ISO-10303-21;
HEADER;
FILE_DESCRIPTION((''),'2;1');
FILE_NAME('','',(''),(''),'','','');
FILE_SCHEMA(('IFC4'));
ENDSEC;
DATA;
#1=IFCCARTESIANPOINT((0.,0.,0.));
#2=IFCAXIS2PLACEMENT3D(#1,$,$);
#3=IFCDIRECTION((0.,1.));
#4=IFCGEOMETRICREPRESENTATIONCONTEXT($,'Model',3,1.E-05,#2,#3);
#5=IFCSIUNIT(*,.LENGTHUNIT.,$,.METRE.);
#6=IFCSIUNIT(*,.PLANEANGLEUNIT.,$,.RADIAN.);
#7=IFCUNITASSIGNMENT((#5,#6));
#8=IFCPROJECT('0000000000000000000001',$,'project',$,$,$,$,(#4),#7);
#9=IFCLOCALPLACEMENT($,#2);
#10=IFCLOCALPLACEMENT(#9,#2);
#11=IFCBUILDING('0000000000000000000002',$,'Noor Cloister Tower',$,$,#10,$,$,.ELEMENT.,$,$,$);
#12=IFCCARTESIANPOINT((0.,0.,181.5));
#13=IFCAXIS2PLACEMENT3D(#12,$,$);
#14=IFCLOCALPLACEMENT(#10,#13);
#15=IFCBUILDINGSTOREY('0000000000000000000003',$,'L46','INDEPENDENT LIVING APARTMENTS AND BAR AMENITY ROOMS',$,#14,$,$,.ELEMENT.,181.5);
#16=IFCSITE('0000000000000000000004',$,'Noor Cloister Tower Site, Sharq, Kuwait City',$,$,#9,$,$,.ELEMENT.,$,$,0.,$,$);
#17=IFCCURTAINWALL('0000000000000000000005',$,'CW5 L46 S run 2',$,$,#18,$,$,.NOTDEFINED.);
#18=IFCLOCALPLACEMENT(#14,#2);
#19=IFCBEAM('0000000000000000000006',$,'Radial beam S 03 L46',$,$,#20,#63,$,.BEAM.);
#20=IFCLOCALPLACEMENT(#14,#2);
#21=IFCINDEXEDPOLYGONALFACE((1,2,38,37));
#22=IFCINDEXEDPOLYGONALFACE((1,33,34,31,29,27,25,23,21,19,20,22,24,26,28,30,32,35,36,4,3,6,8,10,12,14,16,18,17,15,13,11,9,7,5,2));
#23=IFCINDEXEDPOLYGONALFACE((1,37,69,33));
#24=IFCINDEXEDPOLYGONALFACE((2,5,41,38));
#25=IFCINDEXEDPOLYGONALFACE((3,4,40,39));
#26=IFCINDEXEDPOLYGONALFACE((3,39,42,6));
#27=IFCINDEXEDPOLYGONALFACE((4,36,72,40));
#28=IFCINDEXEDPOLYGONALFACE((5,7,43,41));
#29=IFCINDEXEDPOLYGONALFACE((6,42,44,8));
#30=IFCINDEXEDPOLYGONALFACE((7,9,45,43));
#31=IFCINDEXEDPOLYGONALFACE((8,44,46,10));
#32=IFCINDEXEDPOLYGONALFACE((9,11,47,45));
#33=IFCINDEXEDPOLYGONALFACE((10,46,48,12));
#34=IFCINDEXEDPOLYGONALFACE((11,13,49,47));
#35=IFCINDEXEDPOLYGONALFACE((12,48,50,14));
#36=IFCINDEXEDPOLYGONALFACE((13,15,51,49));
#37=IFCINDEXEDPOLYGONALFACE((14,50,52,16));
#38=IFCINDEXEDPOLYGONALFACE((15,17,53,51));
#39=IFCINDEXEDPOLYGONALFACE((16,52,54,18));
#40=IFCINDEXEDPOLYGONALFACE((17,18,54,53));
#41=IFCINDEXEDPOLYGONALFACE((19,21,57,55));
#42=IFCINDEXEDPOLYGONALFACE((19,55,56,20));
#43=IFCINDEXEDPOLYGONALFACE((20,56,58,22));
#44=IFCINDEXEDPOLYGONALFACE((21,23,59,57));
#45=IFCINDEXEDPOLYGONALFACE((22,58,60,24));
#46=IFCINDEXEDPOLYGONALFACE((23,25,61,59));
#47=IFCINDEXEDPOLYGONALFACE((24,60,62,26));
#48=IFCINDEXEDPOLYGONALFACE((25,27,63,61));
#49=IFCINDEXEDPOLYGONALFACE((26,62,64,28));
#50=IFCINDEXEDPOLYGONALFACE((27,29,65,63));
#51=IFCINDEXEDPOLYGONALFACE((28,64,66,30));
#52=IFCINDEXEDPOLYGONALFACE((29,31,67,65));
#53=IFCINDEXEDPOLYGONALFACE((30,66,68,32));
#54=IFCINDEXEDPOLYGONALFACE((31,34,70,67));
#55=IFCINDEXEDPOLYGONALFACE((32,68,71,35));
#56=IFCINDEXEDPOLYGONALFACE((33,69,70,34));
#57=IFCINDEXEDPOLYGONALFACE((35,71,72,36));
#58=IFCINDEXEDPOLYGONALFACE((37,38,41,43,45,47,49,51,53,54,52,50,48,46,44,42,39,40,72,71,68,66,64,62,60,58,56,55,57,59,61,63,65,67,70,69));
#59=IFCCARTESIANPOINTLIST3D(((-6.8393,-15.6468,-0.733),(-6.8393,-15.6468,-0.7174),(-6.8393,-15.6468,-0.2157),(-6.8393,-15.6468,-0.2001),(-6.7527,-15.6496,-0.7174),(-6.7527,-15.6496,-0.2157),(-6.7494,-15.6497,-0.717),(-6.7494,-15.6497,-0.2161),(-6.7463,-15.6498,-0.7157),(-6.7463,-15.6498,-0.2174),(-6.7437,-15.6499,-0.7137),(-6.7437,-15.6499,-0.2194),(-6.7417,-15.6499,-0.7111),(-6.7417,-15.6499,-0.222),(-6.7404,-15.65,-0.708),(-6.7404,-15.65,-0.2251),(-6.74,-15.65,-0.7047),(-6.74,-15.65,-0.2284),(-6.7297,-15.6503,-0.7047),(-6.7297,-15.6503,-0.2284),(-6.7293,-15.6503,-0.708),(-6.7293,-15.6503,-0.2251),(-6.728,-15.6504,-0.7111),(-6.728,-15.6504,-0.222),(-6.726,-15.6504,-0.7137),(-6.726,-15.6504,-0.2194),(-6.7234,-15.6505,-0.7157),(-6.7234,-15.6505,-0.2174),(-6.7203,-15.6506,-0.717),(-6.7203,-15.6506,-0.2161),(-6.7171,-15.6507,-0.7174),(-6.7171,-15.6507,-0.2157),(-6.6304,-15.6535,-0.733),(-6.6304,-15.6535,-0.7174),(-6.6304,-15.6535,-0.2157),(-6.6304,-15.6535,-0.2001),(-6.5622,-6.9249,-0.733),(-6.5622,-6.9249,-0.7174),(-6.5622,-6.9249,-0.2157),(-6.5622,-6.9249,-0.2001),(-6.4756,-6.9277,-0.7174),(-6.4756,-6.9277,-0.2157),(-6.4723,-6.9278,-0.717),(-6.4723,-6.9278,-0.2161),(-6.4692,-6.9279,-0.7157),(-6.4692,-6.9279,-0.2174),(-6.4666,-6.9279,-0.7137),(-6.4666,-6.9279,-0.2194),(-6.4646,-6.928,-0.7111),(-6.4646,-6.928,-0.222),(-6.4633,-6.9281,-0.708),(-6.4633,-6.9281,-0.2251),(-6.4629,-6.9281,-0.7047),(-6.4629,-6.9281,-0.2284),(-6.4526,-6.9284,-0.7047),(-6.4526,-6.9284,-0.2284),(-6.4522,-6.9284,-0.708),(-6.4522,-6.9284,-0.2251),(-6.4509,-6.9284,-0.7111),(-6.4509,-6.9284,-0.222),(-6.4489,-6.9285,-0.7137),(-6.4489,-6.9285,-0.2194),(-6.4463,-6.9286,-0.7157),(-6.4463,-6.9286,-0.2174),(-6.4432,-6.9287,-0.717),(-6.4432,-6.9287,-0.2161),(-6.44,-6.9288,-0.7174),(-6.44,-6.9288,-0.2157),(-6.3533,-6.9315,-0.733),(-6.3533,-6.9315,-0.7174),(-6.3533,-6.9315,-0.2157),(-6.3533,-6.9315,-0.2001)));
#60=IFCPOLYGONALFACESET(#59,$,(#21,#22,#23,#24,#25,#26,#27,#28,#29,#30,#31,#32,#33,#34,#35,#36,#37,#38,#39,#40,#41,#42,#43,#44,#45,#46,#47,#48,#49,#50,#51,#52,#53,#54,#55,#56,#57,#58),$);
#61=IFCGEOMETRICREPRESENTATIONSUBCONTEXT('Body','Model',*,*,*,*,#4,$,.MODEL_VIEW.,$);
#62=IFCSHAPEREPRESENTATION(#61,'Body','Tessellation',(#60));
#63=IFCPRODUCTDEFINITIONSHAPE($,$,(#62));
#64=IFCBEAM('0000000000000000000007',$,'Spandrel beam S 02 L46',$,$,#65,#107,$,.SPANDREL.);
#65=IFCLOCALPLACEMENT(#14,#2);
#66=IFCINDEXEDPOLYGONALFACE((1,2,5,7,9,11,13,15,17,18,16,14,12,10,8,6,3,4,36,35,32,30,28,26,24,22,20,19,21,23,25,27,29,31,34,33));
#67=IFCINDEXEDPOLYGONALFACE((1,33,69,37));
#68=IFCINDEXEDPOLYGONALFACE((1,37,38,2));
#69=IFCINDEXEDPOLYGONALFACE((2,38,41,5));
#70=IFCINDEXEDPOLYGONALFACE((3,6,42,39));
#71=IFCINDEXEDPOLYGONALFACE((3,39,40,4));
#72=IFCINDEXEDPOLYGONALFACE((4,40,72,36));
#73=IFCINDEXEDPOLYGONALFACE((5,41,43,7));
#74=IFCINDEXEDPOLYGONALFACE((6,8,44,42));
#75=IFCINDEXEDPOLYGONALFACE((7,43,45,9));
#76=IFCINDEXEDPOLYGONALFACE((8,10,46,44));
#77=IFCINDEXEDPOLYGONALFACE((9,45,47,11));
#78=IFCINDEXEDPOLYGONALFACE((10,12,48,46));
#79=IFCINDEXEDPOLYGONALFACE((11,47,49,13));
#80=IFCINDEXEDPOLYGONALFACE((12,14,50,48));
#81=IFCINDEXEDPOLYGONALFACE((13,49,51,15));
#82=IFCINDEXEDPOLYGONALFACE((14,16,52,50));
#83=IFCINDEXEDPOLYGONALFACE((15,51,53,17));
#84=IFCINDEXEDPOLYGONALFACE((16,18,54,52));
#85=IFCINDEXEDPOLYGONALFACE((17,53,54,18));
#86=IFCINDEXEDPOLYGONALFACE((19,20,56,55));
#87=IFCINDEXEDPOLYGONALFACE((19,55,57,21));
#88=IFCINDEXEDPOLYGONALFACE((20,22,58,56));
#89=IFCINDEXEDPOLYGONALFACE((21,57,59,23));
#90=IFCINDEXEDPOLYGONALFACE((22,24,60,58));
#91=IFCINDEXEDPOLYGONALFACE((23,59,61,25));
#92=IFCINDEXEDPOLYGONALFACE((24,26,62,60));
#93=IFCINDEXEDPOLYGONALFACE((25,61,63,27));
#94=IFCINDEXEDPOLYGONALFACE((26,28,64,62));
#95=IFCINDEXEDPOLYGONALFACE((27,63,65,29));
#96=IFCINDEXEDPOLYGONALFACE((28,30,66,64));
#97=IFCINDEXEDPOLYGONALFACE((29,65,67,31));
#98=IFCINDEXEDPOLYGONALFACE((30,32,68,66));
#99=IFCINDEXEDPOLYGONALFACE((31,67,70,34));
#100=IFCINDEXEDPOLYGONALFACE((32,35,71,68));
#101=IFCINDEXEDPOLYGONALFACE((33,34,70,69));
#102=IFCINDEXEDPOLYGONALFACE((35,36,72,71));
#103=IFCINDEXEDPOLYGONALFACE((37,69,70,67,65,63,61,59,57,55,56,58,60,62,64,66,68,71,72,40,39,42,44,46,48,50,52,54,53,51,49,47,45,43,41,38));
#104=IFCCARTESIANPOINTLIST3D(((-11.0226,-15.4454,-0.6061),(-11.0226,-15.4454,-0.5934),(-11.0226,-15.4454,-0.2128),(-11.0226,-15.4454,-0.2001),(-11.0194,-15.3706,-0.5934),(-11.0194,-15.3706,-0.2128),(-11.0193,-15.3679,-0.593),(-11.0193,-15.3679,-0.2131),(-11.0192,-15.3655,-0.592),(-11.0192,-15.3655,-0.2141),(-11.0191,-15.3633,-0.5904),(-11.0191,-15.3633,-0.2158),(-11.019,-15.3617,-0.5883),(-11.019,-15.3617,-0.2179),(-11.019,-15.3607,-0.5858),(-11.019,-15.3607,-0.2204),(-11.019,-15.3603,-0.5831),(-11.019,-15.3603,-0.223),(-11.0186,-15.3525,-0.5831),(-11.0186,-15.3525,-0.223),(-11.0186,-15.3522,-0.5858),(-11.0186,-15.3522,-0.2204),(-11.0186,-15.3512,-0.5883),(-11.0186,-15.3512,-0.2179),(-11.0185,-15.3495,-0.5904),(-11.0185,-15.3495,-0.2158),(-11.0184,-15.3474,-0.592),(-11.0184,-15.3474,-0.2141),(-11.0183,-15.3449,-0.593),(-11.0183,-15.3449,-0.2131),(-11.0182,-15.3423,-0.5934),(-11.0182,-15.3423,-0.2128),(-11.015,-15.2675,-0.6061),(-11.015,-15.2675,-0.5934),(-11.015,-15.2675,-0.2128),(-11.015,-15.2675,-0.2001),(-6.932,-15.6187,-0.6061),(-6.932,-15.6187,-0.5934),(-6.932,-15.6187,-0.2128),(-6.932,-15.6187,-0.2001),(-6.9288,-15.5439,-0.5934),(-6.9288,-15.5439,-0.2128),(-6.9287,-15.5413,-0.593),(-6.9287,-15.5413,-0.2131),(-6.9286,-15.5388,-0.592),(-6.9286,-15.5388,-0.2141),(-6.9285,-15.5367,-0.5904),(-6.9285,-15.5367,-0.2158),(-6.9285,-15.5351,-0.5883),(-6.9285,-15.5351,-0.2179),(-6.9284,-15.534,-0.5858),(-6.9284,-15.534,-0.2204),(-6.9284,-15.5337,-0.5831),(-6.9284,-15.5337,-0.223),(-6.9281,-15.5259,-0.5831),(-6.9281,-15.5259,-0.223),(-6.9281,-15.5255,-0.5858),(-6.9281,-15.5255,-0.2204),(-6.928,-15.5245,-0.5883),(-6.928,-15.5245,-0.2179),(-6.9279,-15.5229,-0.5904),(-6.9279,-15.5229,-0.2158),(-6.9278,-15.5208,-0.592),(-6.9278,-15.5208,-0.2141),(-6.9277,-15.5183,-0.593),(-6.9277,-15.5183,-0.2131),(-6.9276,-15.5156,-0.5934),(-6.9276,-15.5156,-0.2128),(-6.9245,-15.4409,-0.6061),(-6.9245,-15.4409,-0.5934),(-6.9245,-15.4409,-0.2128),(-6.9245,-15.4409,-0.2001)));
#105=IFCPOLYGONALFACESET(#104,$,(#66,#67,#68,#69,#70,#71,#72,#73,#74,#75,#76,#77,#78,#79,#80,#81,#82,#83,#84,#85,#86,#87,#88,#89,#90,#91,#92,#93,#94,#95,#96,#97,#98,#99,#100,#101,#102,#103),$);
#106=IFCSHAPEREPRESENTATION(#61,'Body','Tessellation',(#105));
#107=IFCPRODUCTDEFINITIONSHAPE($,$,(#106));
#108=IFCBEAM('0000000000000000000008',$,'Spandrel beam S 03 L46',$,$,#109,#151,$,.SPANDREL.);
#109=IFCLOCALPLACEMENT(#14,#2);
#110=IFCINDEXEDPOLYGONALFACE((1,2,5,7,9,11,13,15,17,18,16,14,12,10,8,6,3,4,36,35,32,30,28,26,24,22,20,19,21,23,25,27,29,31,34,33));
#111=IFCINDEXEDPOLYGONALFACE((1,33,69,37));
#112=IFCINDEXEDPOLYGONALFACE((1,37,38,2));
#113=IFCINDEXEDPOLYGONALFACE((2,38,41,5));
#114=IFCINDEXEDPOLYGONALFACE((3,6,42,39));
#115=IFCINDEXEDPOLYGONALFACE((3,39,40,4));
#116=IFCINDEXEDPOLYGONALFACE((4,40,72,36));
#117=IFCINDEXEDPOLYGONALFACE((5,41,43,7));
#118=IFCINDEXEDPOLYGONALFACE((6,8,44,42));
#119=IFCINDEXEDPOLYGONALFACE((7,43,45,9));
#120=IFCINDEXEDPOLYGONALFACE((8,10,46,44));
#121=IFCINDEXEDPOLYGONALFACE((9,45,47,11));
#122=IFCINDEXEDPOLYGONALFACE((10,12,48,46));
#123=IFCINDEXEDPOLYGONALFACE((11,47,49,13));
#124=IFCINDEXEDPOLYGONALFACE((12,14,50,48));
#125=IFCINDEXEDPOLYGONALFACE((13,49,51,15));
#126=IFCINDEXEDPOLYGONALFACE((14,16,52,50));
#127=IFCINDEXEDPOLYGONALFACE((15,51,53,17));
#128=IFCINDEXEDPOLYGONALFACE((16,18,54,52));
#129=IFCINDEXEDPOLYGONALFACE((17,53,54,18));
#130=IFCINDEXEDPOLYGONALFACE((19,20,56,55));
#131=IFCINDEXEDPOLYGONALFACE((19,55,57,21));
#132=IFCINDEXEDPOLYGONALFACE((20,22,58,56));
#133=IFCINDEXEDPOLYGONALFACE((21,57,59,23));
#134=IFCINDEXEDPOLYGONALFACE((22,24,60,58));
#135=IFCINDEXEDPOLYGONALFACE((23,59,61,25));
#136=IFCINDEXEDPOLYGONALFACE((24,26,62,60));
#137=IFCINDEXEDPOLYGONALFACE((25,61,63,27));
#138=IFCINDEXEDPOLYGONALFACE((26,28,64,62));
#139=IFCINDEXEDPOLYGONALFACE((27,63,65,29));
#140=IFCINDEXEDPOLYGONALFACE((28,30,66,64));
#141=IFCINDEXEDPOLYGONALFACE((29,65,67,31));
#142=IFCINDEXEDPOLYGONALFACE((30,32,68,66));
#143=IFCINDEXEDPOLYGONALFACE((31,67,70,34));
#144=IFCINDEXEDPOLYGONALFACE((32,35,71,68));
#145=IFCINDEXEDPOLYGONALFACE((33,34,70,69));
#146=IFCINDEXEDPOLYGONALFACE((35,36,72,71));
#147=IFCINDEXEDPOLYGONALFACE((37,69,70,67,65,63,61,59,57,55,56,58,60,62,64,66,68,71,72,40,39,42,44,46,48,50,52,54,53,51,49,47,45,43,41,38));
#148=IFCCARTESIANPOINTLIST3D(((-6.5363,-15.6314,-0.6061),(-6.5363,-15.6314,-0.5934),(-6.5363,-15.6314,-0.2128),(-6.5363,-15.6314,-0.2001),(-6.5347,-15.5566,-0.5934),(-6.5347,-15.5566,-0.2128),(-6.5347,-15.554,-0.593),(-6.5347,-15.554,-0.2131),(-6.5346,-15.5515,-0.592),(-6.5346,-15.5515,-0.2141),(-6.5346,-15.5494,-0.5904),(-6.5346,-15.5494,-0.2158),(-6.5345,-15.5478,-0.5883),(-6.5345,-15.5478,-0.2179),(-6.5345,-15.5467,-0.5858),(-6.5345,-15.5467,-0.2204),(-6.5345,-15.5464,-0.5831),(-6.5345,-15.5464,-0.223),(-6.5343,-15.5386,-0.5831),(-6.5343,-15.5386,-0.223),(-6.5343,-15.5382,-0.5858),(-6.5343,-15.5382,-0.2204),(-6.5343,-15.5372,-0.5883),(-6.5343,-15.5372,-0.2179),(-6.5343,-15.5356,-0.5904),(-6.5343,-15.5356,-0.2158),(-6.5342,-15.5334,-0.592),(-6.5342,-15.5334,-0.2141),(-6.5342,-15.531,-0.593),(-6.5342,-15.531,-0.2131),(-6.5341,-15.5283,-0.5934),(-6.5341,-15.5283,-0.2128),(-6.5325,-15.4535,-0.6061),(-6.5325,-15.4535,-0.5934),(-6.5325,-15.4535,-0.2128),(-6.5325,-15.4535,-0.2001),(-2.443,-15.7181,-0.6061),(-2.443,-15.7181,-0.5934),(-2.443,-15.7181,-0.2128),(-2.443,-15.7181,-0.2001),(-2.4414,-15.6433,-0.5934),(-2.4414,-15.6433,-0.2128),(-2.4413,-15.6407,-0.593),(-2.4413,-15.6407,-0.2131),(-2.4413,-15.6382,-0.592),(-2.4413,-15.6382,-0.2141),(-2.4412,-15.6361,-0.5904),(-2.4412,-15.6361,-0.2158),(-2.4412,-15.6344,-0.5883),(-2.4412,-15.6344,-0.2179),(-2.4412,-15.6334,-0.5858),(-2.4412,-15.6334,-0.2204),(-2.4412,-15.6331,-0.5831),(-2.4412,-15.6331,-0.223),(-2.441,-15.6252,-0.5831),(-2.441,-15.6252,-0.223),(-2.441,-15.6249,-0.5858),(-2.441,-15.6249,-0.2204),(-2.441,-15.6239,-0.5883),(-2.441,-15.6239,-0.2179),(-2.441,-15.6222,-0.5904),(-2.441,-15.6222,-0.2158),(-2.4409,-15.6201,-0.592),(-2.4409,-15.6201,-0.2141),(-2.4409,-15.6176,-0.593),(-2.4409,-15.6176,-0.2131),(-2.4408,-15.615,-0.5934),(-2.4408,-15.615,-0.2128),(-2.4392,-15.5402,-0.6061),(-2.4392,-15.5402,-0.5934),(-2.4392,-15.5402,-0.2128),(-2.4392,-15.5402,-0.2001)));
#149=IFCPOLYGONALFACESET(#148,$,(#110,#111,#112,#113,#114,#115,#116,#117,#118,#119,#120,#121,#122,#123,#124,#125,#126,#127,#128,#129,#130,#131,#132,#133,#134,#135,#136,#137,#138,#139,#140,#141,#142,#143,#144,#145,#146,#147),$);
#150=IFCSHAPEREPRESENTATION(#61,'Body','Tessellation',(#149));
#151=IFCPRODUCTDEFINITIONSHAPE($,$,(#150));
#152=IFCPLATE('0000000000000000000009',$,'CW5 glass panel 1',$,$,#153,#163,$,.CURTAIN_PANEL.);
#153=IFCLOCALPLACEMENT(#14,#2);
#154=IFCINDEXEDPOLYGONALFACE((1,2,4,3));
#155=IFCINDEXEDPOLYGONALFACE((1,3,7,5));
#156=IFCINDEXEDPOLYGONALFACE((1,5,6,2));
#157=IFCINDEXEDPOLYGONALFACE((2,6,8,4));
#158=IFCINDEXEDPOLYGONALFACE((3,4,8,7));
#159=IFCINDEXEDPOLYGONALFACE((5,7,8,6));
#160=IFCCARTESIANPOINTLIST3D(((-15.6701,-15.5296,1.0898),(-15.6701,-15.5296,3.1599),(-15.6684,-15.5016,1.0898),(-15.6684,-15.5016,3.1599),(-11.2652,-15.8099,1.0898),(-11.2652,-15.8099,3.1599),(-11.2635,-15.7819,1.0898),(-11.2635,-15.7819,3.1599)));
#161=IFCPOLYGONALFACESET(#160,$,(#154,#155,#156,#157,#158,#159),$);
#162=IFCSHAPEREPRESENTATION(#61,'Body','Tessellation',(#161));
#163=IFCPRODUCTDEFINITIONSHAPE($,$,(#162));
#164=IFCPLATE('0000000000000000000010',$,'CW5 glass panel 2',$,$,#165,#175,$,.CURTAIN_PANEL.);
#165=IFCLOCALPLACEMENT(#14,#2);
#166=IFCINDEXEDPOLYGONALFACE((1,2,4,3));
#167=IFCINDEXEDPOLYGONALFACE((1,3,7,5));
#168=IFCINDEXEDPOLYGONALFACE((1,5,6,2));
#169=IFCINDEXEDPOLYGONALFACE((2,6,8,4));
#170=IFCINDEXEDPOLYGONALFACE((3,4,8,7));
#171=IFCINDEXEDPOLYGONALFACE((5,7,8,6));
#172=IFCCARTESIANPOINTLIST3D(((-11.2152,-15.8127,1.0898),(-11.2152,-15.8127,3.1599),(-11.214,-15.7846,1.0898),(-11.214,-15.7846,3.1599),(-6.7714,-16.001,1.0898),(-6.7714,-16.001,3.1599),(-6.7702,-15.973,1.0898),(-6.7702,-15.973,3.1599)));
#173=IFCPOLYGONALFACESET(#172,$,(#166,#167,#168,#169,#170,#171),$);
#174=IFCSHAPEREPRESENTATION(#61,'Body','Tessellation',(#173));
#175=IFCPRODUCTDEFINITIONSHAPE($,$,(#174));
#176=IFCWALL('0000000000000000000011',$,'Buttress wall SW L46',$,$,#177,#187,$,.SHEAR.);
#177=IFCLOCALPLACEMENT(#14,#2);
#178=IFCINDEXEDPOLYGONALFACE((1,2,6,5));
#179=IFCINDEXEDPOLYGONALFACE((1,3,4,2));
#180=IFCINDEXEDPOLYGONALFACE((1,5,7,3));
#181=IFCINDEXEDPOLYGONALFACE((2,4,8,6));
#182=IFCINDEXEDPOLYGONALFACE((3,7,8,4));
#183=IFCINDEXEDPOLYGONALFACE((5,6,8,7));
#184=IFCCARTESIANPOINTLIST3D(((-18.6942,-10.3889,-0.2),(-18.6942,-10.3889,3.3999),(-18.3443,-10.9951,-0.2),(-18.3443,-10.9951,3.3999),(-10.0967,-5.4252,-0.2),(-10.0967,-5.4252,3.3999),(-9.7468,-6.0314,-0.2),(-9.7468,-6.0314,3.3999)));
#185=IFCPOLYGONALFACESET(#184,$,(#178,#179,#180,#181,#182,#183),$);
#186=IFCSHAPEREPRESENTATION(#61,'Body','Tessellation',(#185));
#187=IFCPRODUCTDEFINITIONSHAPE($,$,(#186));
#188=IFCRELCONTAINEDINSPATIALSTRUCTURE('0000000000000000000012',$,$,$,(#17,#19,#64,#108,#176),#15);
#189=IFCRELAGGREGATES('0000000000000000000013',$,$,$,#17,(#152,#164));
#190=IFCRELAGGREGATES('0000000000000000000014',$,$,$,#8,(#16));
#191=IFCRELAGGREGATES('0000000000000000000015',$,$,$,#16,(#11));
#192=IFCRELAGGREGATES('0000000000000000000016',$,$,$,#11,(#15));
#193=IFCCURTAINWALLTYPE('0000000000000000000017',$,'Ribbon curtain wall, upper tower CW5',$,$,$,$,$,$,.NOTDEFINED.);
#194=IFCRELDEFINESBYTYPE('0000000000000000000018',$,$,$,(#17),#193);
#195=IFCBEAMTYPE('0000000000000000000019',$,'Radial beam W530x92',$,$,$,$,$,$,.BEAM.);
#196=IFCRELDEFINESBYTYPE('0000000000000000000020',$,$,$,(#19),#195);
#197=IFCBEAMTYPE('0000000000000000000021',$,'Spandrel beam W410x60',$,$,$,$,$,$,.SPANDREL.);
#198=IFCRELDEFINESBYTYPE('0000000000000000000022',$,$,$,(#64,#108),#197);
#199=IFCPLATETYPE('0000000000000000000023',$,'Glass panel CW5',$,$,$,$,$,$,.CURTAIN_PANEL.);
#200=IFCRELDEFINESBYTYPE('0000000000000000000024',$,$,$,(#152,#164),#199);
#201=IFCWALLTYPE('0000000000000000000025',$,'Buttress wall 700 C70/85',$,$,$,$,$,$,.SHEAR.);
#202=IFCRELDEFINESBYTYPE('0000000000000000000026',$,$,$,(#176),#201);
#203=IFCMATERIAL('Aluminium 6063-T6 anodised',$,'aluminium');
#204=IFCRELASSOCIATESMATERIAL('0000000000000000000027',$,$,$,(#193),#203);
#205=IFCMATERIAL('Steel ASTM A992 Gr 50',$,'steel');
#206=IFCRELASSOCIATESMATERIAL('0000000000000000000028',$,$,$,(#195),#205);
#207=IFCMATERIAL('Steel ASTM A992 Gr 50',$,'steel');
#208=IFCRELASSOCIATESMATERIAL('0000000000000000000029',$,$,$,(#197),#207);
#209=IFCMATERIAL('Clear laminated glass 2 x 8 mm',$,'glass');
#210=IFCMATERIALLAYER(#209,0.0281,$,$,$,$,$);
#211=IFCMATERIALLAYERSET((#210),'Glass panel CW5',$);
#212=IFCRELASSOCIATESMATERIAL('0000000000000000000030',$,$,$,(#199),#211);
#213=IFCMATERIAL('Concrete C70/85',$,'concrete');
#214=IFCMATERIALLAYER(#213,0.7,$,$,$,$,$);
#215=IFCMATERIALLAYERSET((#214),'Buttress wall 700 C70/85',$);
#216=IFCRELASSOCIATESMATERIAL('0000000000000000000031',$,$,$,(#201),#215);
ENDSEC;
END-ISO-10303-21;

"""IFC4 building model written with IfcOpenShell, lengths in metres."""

from ifc_helpers import new_model, si_unit, direction, frame, frame_2d, origin, origin_2d, place, context, subcontext, project, spatial, rectangle, i_section, extrude, material, layer, layer_set, material_profile, profile_set, type_object, element, aggregate, save


model = new_model("IFC4")

# Units and contexts
model_context = context("Model", 3, precision=1e-05, world=origin(), true_north=direction((0.0, 1.0)))
body_context = subcontext(model_context, "Body", "Model", "MODEL_VIEW")
ifc_project = project(units=[si_unit("LENGTHUNIT", "METRE"), si_unit("PLANEANGLEUNIT", "RADIAN")], contexts=[model_context])

# Site, building, storey
site_placement = place(None, origin())
site = spatial("IfcSite", under=ifc_project, at=site_placement, Name="Noor Cloister Tower Site, Sharq, Kuwait City", CompositionType="ELEMENT", RefElevation=0.0)
building_placement = place(site_placement, origin())
building = spatial("IfcBuilding", under=site, at=building_placement, Name="Noor Cloister Tower", CompositionType="ELEMENT")
storey_placement = place(building_placement, frame((0.0, 0.0, 181.5)))
storey = spatial("IfcBuildingStorey", under=building, at=storey_placement, Name="L46", Description="INDEPENDENT LIVING APARTMENTS AND BAR AMENITY ROOMS", CompositionType="ELEMENT", Elevation=181.5)

# Curtain wall
ifc_material_1 = material(Name="Aluminium 6063-T6 anodised", Category="aluminium")
curtain_wall_type = type_object("IfcCurtainWallType", Name="Ribbon curtain wall, upper tower CW5", PredefinedType="NOTDEFINED", material=ifc_material_1)
curtain_wall_placement = place(storey_placement, origin())
curtain_wall = element("IfcCurtainWall", 1, at=curtain_wall_placement, inside=storey, type_object=curtain_wall_type, Name="CW5 L46 S run 2", PredefinedType="NOTDEFINED")

# Beams
ifc_material_2 = material(Name="Steel ASTM A992 Gr 50", Category="steel")
ifc_material_profile_1 = material_profile(ifc_material_2, i_section(OverallWidth=0.209, OverallDepth=0.533, WebThickness=0.0103, FlangeThickness=0.0156, FilletRadius=0.0127, at=origin_2d()), Name="W530x92")
ifc_profile_set_1 = profile_set([ifc_material_profile_1], Name="Steel ASTM A992 Gr 50")
beam_type_1 = type_object("IfcBeamType", Name="Radial beam W530x92", PredefinedType="BEAM", material=ifc_profile_set_1)
beam_1_placement = place(storey_placement, frame((-6.7349, -15.6501, -0.4666), z_axis=(0.031754, 0.999496, 0.0), x_axis=(-0.999496, 0.031754, 0.0)))
element("IfcBeam", 2, at=beam_1_placement, inside=storey, type_object=beam_type_1, Name="Radial beam S 03 L46", PredefinedType="BEAM", context=body_context, shape_type="SweptSolid", body=[
    extrude(i_section(OverallWidth=0.209, OverallDepth=0.533, WebThickness=0.0103, FlangeThickness=0.0156, FilletRadius=0.0127, at=origin_2d()), origin(), (0.0, 0.0, 1.0), 8.7263),
])
ifc_material_3 = material(Name="Steel ASTM A992 Gr 50", Category="steel")
ifc_material_profile_2 = material_profile(ifc_material_3, i_section(OverallWidth=0.178, OverallDepth=0.406, WebThickness=0.0078, FlangeThickness=0.0127, FilletRadius=0.0103, at=origin_2d()), Name="W410x60")
ifc_profile_set_2 = profile_set([ifc_material_profile_2], Name="Steel ASTM A992 Gr 50")
beam_type_2 = type_object("IfcBeamType", Name="Spandrel beam W410x60", PredefinedType="SPANDREL", material=ifc_profile_set_2)
for number, where, z_axis, x_axis, name in (
    (3, (-11.0188, -15.3564, -0.4031), (0.999103, -0.042337, 0.0), (0.042337, 0.999103, 0.0), "Spandrel beam S 02 L46"),
    (4, (-6.5344, -15.5425, -0.4031), (0.999776, -0.021169, 0.0), (0.021169, 0.999776, 0.0), "Spandrel beam S 03 L46"),
):
    element("IfcBeam", number, at=place(storey_placement, frame(where, z_axis=z_axis, x_axis=x_axis)), inside=storey, type_object=beam_type_2, Name=name, PredefinedType="SPANDREL", context=body_context, shape_type="SweptSolid", body=[
        extrude(i_section(OverallWidth=0.178, OverallDepth=0.406, WebThickness=0.0078, FlangeThickness=0.0127, FilletRadius=0.0103, at=origin_2d()), origin(), (0.0, 0.0, 1.0), 4.0942),
    ])

# Plates
ifc_material_4 = material(Name="Clear laminated glass 2 x 8 mm", Category="glass")
ifc_layer_1 = layer(ifc_material_4, 0.0281)
ifc_layer_set_1 = layer_set([ifc_layer_1], Name="Glass panel CW5")
plate_type = type_object("IfcPlateType", Name="Glass panel CW5", PredefinedType="CURTAIN_PANEL", material=ifc_layer_set_1)
plate_1_placement = place(storey_placement, frame((-13.4668, -15.6558, 1.0898), z_axis=(0.0, 0.0, 1.0), x_axis=(0.997982, -0.063502, 0.0)))
plate_1 = element("IfcPlate", 5, at=plate_1_placement, type_object=plate_type, Name="CW5 glass panel 1", PredefinedType="CURTAIN_PANEL", context=body_context, shape_type="SweptSolid", body=[
    extrude(rectangle(XDim=4.4138, YDim=0.0281, at=origin_2d()), origin(), (0.0, 0.0, 1.0), 2.0701),
])
plate_2_placement = place(storey_placement, frame((-8.9927, -15.8928, 1.0898), z_axis=(0.0, 0.0, 1.0), x_axis=(0.999103, -0.042351, 0.0)))
plate_2 = element("IfcPlate", 6, at=plate_2_placement, type_object=plate_type, Name="CW5 glass panel 2", PredefinedType="CURTAIN_PANEL", context=body_context, shape_type="SweptSolid", body=[
    extrude(rectangle(XDim=4.4478, YDim=0.0281, at=origin_2d()), origin(), (0.0, 0.0, 1.0), 2.0701),
])
aggregate(curtain_wall, [plate_1, plate_2])

# Wall
ifc_material_5 = material(Name="Concrete C70/85", Category="concrete")
ifc_layer_2 = layer(ifc_material_5, 0.7)
ifc_layer_set_2 = layer_set([ifc_layer_2], Name="Buttress wall 700 C70/85")
wall_type_1 = type_object("IfcWallType", Name="Buttress wall 700 C70/85", PredefinedType="SHEAR", material=ifc_layer_set_2)
wall_1_placement = place(storey_placement, frame((-9.9216, -5.7283, -0.2), z_axis=(0.0, 0.0, 1.0), x_axis=(-0.86603, -0.499993, 0.0)))
element("IfcWall", 7, at=wall_1_placement, inside=storey, type_object=wall_type_1, Name="Buttress wall SW L46", PredefinedType="SHEAR", context=body_context, shape_type="SweptSolid", body=[
    extrude(rectangle(XDim=9.9275, YDim=0.7, at=frame_2d((4.9639, 0.0))), origin(), (0.0, 0.0, 1.0), 3.5999),
])

save(model, "model.ifc")
